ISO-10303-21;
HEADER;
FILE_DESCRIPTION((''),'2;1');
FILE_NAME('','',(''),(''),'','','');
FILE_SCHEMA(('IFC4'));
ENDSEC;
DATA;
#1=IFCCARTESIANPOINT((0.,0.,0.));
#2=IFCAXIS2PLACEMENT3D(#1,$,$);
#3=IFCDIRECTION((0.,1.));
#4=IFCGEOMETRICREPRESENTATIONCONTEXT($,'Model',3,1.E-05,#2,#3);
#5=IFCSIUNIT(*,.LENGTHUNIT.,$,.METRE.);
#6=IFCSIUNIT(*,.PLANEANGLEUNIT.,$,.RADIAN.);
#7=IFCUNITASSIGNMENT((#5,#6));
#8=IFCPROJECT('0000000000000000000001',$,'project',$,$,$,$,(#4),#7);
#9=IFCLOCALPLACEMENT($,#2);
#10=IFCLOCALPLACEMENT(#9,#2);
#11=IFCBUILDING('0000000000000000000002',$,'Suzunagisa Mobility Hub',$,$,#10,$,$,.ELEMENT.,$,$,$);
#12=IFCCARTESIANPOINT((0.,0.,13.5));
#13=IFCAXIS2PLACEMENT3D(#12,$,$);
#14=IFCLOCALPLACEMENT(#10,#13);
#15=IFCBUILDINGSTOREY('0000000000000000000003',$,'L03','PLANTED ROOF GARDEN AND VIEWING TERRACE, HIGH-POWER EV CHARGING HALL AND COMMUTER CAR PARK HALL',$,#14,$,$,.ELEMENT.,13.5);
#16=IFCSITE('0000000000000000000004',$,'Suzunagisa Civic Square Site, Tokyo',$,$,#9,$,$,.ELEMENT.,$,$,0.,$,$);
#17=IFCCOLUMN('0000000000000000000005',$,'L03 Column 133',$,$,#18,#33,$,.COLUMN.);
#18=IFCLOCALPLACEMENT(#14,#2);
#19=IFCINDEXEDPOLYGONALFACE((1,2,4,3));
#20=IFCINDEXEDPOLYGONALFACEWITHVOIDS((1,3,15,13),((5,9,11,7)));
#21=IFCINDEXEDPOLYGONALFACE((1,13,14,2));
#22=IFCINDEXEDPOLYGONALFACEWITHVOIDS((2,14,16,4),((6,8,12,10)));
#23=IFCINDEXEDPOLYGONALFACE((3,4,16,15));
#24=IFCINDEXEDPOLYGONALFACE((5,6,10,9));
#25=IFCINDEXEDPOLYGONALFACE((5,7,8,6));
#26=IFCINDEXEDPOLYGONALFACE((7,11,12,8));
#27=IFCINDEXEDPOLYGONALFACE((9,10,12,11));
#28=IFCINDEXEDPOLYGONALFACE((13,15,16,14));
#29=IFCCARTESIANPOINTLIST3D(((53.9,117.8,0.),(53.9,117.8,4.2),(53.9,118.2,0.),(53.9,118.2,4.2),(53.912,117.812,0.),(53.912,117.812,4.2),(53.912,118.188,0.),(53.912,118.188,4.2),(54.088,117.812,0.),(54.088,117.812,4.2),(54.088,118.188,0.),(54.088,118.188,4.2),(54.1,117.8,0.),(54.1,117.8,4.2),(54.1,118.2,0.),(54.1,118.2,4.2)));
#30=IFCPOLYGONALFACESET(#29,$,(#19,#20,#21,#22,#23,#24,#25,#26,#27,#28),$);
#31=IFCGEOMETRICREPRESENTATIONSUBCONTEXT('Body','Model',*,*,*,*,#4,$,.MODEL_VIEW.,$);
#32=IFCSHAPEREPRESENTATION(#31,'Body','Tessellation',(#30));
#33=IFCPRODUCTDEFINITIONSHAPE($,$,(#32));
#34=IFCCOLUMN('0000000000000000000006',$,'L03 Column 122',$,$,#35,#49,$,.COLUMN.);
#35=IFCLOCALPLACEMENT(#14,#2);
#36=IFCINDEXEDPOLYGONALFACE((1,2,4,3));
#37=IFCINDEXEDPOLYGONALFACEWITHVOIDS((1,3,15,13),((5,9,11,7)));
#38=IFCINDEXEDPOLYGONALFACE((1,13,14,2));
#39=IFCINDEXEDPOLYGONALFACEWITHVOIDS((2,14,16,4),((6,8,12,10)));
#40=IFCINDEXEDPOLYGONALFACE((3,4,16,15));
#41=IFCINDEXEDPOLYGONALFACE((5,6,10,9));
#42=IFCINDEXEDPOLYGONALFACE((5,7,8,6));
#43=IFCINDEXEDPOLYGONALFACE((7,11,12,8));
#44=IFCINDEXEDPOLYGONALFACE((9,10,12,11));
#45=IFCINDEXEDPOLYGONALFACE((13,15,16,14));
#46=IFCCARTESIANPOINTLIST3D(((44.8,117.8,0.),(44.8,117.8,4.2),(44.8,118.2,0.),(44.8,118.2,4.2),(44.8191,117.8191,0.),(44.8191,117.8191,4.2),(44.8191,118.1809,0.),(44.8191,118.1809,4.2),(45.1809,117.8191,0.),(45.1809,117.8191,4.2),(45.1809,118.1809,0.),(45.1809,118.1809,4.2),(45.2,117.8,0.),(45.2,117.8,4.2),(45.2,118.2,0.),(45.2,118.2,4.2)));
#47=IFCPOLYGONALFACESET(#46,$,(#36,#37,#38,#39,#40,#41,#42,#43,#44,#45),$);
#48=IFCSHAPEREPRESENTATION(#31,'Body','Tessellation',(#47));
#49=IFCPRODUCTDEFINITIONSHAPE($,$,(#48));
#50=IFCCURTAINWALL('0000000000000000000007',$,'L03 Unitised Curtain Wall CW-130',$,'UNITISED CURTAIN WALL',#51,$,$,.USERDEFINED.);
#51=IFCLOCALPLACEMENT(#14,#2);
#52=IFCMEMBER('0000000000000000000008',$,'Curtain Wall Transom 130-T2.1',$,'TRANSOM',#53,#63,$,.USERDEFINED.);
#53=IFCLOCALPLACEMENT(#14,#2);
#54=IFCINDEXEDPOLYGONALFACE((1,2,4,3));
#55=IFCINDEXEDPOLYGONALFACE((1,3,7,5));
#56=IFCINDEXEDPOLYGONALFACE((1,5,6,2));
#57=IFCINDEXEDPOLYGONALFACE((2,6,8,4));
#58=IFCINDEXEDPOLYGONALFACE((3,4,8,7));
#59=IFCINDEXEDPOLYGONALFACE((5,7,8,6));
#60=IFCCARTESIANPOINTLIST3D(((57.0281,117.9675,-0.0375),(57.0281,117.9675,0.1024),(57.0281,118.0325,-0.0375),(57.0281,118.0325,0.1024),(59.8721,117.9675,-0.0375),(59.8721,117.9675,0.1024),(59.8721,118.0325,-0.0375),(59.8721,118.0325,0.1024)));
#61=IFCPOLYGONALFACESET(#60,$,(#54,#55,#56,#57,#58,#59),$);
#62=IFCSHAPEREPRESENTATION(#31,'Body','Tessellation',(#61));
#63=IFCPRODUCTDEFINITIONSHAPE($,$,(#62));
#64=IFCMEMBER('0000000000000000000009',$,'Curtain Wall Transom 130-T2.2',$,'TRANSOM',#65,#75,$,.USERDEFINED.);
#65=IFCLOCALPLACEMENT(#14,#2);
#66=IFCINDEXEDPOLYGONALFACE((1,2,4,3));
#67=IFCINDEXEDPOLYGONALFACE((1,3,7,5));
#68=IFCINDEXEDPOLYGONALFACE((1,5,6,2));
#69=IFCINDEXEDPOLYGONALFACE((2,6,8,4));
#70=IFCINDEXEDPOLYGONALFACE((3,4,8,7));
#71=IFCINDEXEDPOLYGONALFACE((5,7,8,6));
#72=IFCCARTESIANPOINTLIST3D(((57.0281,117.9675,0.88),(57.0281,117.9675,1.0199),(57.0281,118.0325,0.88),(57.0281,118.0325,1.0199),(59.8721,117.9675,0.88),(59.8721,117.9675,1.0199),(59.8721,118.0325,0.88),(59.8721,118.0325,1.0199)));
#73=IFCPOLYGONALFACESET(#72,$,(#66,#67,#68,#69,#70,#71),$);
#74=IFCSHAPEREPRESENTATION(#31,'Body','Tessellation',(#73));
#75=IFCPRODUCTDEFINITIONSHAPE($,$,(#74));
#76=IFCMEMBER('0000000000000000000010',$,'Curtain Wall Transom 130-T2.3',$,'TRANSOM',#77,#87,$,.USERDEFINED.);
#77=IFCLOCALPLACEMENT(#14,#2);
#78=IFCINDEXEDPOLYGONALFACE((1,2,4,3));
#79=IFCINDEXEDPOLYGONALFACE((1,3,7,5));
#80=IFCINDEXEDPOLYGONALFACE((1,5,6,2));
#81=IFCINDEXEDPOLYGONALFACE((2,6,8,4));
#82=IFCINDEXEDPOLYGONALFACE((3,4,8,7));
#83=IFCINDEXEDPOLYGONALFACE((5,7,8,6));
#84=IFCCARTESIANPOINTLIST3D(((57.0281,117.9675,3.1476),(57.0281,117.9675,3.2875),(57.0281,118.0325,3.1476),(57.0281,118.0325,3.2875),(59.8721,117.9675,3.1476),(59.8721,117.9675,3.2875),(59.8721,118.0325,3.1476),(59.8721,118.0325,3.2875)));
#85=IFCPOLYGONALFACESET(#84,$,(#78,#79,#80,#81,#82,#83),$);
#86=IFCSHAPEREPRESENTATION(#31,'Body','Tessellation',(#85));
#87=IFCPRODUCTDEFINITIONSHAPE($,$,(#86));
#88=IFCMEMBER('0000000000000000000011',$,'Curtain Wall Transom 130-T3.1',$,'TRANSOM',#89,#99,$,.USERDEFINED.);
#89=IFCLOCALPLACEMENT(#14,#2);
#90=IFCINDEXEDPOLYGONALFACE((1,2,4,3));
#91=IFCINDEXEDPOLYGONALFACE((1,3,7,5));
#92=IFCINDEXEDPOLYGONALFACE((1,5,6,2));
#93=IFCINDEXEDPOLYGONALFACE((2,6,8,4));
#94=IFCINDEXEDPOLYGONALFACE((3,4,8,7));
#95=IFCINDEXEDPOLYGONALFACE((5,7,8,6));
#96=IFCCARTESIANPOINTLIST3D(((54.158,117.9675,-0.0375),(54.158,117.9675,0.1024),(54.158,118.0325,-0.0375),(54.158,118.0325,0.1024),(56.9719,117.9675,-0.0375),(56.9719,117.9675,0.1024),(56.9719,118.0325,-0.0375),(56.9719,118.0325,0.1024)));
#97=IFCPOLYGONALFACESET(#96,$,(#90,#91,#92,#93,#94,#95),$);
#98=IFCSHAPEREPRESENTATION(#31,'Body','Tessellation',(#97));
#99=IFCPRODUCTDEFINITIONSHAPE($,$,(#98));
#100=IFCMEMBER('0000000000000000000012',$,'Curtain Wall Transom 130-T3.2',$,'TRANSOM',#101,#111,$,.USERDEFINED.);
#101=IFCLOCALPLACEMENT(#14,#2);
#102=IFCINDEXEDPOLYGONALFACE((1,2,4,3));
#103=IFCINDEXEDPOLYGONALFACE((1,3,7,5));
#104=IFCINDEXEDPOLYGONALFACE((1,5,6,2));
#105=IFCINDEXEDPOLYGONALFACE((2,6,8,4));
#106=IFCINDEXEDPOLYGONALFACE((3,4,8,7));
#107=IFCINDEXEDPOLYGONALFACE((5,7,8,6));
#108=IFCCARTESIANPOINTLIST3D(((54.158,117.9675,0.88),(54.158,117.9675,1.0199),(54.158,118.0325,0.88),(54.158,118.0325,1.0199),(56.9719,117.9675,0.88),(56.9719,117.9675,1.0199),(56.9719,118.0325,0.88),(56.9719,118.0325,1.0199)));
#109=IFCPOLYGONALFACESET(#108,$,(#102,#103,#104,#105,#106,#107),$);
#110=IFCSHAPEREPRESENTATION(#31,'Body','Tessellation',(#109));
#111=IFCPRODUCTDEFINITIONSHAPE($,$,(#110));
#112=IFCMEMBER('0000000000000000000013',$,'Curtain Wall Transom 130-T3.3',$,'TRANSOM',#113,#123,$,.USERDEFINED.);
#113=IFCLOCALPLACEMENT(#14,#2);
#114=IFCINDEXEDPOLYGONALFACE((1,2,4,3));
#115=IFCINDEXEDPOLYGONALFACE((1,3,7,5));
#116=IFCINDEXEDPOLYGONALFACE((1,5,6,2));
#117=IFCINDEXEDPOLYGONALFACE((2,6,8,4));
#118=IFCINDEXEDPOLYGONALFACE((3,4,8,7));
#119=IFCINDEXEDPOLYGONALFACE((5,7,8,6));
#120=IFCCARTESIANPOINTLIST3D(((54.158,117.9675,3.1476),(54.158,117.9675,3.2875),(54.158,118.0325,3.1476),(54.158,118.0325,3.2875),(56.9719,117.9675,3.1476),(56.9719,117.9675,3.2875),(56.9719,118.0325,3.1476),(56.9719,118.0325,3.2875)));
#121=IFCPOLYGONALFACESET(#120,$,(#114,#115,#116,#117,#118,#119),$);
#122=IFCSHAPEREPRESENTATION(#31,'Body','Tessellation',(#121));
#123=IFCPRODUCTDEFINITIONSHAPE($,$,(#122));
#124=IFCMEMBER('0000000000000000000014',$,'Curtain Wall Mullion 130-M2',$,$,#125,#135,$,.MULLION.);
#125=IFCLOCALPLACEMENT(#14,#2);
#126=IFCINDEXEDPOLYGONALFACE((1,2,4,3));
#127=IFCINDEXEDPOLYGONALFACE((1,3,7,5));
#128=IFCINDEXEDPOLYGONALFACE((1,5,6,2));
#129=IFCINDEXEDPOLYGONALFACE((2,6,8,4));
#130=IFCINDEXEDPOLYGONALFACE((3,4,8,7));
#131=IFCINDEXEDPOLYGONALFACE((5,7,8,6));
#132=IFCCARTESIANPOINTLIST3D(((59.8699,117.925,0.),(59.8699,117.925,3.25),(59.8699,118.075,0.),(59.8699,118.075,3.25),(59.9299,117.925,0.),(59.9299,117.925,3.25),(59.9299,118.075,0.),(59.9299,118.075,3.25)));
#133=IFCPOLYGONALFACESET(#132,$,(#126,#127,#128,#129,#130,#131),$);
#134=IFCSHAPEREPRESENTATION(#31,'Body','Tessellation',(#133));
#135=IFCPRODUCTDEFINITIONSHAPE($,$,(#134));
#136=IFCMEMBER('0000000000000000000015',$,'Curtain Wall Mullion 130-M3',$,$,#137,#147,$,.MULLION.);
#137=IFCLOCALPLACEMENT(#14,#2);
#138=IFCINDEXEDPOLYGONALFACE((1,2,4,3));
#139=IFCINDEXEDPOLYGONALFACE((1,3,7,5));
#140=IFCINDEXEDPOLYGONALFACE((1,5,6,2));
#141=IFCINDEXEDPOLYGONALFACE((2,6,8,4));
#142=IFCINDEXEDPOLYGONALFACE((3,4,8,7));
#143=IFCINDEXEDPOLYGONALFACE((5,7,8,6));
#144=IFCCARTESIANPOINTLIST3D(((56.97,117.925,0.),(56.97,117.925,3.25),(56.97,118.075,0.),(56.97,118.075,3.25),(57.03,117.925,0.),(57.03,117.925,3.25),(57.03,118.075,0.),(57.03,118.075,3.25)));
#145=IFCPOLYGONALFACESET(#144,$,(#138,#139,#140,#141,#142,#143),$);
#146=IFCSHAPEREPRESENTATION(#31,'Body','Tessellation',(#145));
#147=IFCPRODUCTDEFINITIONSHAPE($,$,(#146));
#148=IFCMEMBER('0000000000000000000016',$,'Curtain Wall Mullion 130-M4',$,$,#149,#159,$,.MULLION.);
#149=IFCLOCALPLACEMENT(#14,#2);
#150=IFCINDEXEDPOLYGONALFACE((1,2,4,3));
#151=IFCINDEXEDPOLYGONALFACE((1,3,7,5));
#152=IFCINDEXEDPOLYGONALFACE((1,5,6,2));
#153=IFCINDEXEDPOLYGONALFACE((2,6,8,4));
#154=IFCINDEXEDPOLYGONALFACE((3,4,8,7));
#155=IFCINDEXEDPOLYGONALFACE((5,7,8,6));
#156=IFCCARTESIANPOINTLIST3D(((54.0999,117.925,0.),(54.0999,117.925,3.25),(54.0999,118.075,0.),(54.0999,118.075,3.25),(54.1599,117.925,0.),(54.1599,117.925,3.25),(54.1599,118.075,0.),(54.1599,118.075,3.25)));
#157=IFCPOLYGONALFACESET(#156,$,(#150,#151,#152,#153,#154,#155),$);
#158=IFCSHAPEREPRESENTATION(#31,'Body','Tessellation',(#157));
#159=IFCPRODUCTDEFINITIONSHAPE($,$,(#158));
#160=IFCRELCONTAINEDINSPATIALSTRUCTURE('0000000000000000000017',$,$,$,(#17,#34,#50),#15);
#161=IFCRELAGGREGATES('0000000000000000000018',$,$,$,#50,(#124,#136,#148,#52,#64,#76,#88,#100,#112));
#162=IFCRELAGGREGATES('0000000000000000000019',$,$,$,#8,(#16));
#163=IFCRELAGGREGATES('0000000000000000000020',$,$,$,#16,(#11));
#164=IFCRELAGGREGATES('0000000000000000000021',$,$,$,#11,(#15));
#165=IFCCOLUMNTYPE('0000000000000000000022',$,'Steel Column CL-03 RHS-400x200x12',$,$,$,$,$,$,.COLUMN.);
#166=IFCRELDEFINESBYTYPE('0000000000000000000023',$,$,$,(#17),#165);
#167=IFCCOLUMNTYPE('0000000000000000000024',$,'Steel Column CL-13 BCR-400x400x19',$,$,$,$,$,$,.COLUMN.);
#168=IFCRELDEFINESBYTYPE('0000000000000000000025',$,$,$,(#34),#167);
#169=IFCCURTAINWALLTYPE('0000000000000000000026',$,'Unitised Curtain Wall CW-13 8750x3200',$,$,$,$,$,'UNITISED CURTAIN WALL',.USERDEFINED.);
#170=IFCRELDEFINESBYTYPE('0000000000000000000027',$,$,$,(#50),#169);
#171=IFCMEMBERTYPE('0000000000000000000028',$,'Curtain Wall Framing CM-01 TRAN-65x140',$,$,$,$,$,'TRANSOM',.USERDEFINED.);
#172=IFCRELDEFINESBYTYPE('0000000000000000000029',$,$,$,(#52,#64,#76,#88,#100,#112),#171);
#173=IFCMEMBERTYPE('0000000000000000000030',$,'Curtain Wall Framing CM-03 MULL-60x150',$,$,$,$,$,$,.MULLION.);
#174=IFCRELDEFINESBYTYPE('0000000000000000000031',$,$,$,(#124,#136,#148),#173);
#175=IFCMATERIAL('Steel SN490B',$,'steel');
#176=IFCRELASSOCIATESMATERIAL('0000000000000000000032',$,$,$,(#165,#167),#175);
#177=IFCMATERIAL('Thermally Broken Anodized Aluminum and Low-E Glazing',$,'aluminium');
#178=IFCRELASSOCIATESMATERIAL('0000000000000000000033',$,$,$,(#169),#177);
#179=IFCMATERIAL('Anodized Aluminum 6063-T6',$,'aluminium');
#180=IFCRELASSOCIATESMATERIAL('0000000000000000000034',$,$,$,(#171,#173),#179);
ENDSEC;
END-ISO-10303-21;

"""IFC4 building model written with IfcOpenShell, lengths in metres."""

from ifc_helpers import new_model, si_unit, direction, frame, origin, origin_2d, place, context, subcontext, project, spatial, rectangle, hollow_rectangle, extrude, material, material_profile, profile_set, type_object, element, aggregate, save


model = new_model("IFC4")

# Units and contexts
model_context = context("Model", 3, precision=1e-05, world=origin(), true_north=direction((0.0, 1.0)))
body_context = subcontext(model_context, "Body", "Model", "MODEL_VIEW")
ifc_project = project(units=[si_unit("LENGTHUNIT", "METRE"), si_unit("PLANEANGLEUNIT", "RADIAN")], contexts=[model_context])

# Site, building, storey
site_placement = place(None, origin())
site = spatial("IfcSite", under=ifc_project, at=site_placement, Name="Suzunagisa Civic Square Site, Tokyo", CompositionType="ELEMENT", RefElevation=0.0)
building_placement = place(site_placement, origin())
building = spatial("IfcBuilding", under=site, at=building_placement, Name="Suzunagisa Mobility Hub", CompositionType="ELEMENT")
storey_placement = place(building_placement, frame((0.0, 0.0, 13.5)))
storey = spatial("IfcBuildingStorey", under=building, at=storey_placement, Name="L03", Description="PLANTED ROOF GARDEN AND VIEWING TERRACE, HIGH-POWER EV CHARGING HALL AND COMMUTER CAR PARK HALL", CompositionType="ELEMENT", Elevation=13.5)

# Columns
ifc_material_1 = material(Name="Steel SN490B", Category="steel")
ifc_material_profile_1 = material_profile(ifc_material_1, hollow_rectangle(XDim=0.2, YDim=0.3999, WallThickness=0.012, at=origin_2d()), Name="RHS-400x200x12")
ifc_profile_set_1 = profile_set([ifc_material_profile_1], Name="Steel SN490B")
column_type_1 = type_object("IfcColumnType", Name="Steel Column CL-03 RHS-400x200x12", PredefinedType="COLUMN", material=ifc_profile_set_1)
column_1_placement = place(storey_placement, frame((54.0, 118.0, 0.0), z_axis=(0.0, 0.0, 1.0), x_axis=(1.0, 0.0, 0.0)))
element("IfcColumn", 1, at=column_1_placement, inside=storey, type_object=column_type_1, Name="L03 Column 133", PredefinedType="COLUMN", context=body_context, shape_type="SweptSolid", body=[
    extrude(hollow_rectangle(XDim=0.2, YDim=0.3999, WallThickness=0.012, at=origin_2d()), origin(), (0.0, 0.0, 1.0), 4.2),
])
ifc_material_profile_2 = material_profile(ifc_material_1, hollow_rectangle(XDim=0.3999, YDim=0.3999, WallThickness=0.019, at=origin_2d()), Name="BCR-400x400x19")
ifc_profile_set_2 = profile_set([ifc_material_profile_2], Name="Steel SN490B")
column_type_2 = type_object("IfcColumnType", Name="Steel Column CL-13 BCR-400x400x19", PredefinedType="COLUMN", material=ifc_profile_set_2)
column_2_placement = place(storey_placement, frame((45.0, 118.0, 0.0), z_axis=(0.0, 0.0, 1.0), x_axis=(1.0, 0.0, 0.0)))
element("IfcColumn", 2, at=column_2_placement, inside=storey, type_object=column_type_2, Name="L03 Column 122", PredefinedType="COLUMN", context=body_context, shape_type="SweptSolid", body=[
    extrude(hollow_rectangle(XDim=0.3999, YDim=0.3999, WallThickness=0.019, at=origin_2d()), origin(), (0.0, 0.0, 1.0), 4.2),
])

# Curtain wall, members
ifc_material_2 = material(Name="Thermally Broken Anodized Aluminum and Low-E Glazing", Category="aluminium")
curtain_wall_type = type_object("IfcCurtainWallType", Name="Unitised Curtain Wall CW-13 8750x3200", ElementType="UNITISED CURTAIN WALL", PredefinedType="USERDEFINED", material=ifc_material_2)
curtain_wall_placement = place(storey_placement, origin())
curtain_wall = element("IfcCurtainWall", 3, at=curtain_wall_placement, inside=storey, type_object=curtain_wall_type, Name="L03 Unitised Curtain Wall CW-130", ObjectType="UNITISED CURTAIN WALL", PredefinedType="USERDEFINED")
ifc_material_3 = material(Name="Anodized Aluminum 6063-T6", Category="aluminium")
ifc_material_profile_3 = material_profile(ifc_material_3, rectangle(XDim=0.0649, YDim=0.1399, at=origin_2d()), Name="TRAN-65x140")
ifc_profile_set_3 = profile_set([ifc_material_profile_3], Name="Anodized Aluminum 6063-T6")
member_type_1 = type_object("IfcMemberType", Name="Curtain Wall Framing CM-01 TRAN-65x140", ElementType="TRANSOM", PredefinedType="USERDEFINED", material=ifc_profile_set_3)
member_1_placement = place(storey_placement, frame((59.8721, 118.0, 0.0325), z_axis=(-1.0, 0.0, 0.0), x_axis=(0.0, -1.0, 0.0)))
member_1 = element("IfcMember", 4, at=member_1_placement, type_object=member_type_1, Name="Curtain Wall Transom 130-T2.1", ObjectType="TRANSOM", PredefinedType="USERDEFINED", context=body_context, shape_type="SweptSolid", body=[
    extrude(rectangle(XDim=0.0649, YDim=0.1399, at=origin_2d()), origin(), (0.0, 0.0, 1.0), 2.844),
])
member_2_placement = place(storey_placement, frame((59.8721, 118.0, 0.95), z_axis=(-1.0, 0.0, 0.0), x_axis=(0.0, -1.0, 0.0)))
member_2 = element("IfcMember", 5, at=member_2_placement, type_object=member_type_1, Name="Curtain Wall Transom 130-T2.2", ObjectType="TRANSOM", PredefinedType="USERDEFINED", context=body_context, shape_type="SweptSolid", body=[
    extrude(rectangle(XDim=0.0649, YDim=0.1399, at=origin_2d()), origin(), (0.0, 0.0, 1.0), 2.844),
])
member_3_placement = place(storey_placement, frame((59.8721, 118.0, 3.2175), z_axis=(-1.0, 0.0, 0.0), x_axis=(0.0, -1.0, 0.0)))
member_3 = element("IfcMember", 6, at=member_3_placement, type_object=member_type_1, Name="Curtain Wall Transom 130-T2.3", ObjectType="TRANSOM", PredefinedType="USERDEFINED", context=body_context, shape_type="SweptSolid", body=[
    extrude(rectangle(XDim=0.0649, YDim=0.1399, at=origin_2d()), origin(), (0.0, 0.0, 1.0), 2.844),
])
member_4_placement = place(storey_placement, frame((56.9719, 118.0, 0.0325), z_axis=(-1.0, 0.0, 0.0), x_axis=(0.0, -1.0, 0.0)))
member_4 = element("IfcMember", 7, at=member_4_placement, type_object=member_type_1, Name="Curtain Wall Transom 130-T3.1", ObjectType="TRANSOM", PredefinedType="USERDEFINED", context=body_context, shape_type="SweptSolid", body=[
    extrude(rectangle(XDim=0.0649, YDim=0.1399, at=origin_2d()), origin(), (0.0, 0.0, 1.0), 2.814),
])
member_5_placement = place(storey_placement, frame((56.9719, 118.0, 0.95), z_axis=(-1.0, 0.0, 0.0), x_axis=(0.0, -1.0, 0.0)))
member_5 = element("IfcMember", 8, at=member_5_placement, type_object=member_type_1, Name="Curtain Wall Transom 130-T3.2", ObjectType="TRANSOM", PredefinedType="USERDEFINED", context=body_context, shape_type="SweptSolid", body=[
    extrude(rectangle(XDim=0.0649, YDim=0.1399, at=origin_2d()), origin(), (0.0, 0.0, 1.0), 2.814),
])
member_6_placement = place(storey_placement, frame((56.9719, 118.0, 3.2175), z_axis=(-1.0, 0.0, 0.0), x_axis=(0.0, -1.0, 0.0)))
member_6 = element("IfcMember", 9, at=member_6_placement, type_object=member_type_1, Name="Curtain Wall Transom 130-T3.3", ObjectType="TRANSOM", PredefinedType="USERDEFINED", context=body_context, shape_type="SweptSolid", body=[
    extrude(rectangle(XDim=0.0649, YDim=0.1399, at=origin_2d()), origin(), (0.0, 0.0, 1.0), 2.814),
])
ifc_material_profile_4 = material_profile(ifc_material_3, rectangle(XDim=0.0601, YDim=0.1499, at=origin_2d()), Name="MULL-60x150")
ifc_profile_set_4 = profile_set([ifc_material_profile_4], Name="Anodized Aluminum 6063-T6")
member_type_2 = type_object("IfcMemberType", Name="Curtain Wall Framing CM-03 MULL-60x150", PredefinedType="MULLION", material=ifc_profile_set_4)
member_7_placement = place(storey_placement, frame((59.8999, 118.0, 0.0), z_axis=(0.0, 0.0, 1.0), x_axis=(-1.0, 0.0, 0.0)))
member_7 = element("IfcMember", 10, at=member_7_placement, type_object=member_type_2, Name="Curtain Wall Mullion 130-M2", PredefinedType="MULLION", context=body_context, shape_type="SweptSolid", body=[
    extrude(rectangle(XDim=0.0601, YDim=0.1499, at=origin_2d()), origin(), (0.0, 0.0, 1.0), 3.25),
])
member_8_placement = place(storey_placement, frame((57.0, 118.0, 0.0), z_axis=(0.0, 0.0, 1.0), x_axis=(-1.0, 0.0, 0.0)))
member_8 = element("IfcMember", 11, at=member_8_placement, type_object=member_type_2, Name="Curtain Wall Mullion 130-M3", PredefinedType="MULLION", context=body_context, shape_type="SweptSolid", body=[
    extrude(rectangle(XDim=0.0601, YDim=0.1499, at=origin_2d()), origin(), (0.0, 0.0, 1.0), 3.25),
])
member_9_placement = place(storey_placement, frame((54.1299, 118.0, 0.0), z_axis=(0.0, 0.0, 1.0), x_axis=(-1.0, 0.0, 0.0)))
member_9 = element("IfcMember", 12, at=member_9_placement, type_object=member_type_2, Name="Curtain Wall Mullion 130-M4", PredefinedType="MULLION", context=body_context, shape_type="SweptSolid", body=[
    extrude(rectangle(XDim=0.0601, YDim=0.1499, at=origin_2d()), origin(), (0.0, 0.0, 1.0), 3.25),
])

aggregate(curtain_wall, [member_7, member_8, member_9, member_1, member_2, member_3, member_4, member_5, member_6])

save(model, "model.ifc")
